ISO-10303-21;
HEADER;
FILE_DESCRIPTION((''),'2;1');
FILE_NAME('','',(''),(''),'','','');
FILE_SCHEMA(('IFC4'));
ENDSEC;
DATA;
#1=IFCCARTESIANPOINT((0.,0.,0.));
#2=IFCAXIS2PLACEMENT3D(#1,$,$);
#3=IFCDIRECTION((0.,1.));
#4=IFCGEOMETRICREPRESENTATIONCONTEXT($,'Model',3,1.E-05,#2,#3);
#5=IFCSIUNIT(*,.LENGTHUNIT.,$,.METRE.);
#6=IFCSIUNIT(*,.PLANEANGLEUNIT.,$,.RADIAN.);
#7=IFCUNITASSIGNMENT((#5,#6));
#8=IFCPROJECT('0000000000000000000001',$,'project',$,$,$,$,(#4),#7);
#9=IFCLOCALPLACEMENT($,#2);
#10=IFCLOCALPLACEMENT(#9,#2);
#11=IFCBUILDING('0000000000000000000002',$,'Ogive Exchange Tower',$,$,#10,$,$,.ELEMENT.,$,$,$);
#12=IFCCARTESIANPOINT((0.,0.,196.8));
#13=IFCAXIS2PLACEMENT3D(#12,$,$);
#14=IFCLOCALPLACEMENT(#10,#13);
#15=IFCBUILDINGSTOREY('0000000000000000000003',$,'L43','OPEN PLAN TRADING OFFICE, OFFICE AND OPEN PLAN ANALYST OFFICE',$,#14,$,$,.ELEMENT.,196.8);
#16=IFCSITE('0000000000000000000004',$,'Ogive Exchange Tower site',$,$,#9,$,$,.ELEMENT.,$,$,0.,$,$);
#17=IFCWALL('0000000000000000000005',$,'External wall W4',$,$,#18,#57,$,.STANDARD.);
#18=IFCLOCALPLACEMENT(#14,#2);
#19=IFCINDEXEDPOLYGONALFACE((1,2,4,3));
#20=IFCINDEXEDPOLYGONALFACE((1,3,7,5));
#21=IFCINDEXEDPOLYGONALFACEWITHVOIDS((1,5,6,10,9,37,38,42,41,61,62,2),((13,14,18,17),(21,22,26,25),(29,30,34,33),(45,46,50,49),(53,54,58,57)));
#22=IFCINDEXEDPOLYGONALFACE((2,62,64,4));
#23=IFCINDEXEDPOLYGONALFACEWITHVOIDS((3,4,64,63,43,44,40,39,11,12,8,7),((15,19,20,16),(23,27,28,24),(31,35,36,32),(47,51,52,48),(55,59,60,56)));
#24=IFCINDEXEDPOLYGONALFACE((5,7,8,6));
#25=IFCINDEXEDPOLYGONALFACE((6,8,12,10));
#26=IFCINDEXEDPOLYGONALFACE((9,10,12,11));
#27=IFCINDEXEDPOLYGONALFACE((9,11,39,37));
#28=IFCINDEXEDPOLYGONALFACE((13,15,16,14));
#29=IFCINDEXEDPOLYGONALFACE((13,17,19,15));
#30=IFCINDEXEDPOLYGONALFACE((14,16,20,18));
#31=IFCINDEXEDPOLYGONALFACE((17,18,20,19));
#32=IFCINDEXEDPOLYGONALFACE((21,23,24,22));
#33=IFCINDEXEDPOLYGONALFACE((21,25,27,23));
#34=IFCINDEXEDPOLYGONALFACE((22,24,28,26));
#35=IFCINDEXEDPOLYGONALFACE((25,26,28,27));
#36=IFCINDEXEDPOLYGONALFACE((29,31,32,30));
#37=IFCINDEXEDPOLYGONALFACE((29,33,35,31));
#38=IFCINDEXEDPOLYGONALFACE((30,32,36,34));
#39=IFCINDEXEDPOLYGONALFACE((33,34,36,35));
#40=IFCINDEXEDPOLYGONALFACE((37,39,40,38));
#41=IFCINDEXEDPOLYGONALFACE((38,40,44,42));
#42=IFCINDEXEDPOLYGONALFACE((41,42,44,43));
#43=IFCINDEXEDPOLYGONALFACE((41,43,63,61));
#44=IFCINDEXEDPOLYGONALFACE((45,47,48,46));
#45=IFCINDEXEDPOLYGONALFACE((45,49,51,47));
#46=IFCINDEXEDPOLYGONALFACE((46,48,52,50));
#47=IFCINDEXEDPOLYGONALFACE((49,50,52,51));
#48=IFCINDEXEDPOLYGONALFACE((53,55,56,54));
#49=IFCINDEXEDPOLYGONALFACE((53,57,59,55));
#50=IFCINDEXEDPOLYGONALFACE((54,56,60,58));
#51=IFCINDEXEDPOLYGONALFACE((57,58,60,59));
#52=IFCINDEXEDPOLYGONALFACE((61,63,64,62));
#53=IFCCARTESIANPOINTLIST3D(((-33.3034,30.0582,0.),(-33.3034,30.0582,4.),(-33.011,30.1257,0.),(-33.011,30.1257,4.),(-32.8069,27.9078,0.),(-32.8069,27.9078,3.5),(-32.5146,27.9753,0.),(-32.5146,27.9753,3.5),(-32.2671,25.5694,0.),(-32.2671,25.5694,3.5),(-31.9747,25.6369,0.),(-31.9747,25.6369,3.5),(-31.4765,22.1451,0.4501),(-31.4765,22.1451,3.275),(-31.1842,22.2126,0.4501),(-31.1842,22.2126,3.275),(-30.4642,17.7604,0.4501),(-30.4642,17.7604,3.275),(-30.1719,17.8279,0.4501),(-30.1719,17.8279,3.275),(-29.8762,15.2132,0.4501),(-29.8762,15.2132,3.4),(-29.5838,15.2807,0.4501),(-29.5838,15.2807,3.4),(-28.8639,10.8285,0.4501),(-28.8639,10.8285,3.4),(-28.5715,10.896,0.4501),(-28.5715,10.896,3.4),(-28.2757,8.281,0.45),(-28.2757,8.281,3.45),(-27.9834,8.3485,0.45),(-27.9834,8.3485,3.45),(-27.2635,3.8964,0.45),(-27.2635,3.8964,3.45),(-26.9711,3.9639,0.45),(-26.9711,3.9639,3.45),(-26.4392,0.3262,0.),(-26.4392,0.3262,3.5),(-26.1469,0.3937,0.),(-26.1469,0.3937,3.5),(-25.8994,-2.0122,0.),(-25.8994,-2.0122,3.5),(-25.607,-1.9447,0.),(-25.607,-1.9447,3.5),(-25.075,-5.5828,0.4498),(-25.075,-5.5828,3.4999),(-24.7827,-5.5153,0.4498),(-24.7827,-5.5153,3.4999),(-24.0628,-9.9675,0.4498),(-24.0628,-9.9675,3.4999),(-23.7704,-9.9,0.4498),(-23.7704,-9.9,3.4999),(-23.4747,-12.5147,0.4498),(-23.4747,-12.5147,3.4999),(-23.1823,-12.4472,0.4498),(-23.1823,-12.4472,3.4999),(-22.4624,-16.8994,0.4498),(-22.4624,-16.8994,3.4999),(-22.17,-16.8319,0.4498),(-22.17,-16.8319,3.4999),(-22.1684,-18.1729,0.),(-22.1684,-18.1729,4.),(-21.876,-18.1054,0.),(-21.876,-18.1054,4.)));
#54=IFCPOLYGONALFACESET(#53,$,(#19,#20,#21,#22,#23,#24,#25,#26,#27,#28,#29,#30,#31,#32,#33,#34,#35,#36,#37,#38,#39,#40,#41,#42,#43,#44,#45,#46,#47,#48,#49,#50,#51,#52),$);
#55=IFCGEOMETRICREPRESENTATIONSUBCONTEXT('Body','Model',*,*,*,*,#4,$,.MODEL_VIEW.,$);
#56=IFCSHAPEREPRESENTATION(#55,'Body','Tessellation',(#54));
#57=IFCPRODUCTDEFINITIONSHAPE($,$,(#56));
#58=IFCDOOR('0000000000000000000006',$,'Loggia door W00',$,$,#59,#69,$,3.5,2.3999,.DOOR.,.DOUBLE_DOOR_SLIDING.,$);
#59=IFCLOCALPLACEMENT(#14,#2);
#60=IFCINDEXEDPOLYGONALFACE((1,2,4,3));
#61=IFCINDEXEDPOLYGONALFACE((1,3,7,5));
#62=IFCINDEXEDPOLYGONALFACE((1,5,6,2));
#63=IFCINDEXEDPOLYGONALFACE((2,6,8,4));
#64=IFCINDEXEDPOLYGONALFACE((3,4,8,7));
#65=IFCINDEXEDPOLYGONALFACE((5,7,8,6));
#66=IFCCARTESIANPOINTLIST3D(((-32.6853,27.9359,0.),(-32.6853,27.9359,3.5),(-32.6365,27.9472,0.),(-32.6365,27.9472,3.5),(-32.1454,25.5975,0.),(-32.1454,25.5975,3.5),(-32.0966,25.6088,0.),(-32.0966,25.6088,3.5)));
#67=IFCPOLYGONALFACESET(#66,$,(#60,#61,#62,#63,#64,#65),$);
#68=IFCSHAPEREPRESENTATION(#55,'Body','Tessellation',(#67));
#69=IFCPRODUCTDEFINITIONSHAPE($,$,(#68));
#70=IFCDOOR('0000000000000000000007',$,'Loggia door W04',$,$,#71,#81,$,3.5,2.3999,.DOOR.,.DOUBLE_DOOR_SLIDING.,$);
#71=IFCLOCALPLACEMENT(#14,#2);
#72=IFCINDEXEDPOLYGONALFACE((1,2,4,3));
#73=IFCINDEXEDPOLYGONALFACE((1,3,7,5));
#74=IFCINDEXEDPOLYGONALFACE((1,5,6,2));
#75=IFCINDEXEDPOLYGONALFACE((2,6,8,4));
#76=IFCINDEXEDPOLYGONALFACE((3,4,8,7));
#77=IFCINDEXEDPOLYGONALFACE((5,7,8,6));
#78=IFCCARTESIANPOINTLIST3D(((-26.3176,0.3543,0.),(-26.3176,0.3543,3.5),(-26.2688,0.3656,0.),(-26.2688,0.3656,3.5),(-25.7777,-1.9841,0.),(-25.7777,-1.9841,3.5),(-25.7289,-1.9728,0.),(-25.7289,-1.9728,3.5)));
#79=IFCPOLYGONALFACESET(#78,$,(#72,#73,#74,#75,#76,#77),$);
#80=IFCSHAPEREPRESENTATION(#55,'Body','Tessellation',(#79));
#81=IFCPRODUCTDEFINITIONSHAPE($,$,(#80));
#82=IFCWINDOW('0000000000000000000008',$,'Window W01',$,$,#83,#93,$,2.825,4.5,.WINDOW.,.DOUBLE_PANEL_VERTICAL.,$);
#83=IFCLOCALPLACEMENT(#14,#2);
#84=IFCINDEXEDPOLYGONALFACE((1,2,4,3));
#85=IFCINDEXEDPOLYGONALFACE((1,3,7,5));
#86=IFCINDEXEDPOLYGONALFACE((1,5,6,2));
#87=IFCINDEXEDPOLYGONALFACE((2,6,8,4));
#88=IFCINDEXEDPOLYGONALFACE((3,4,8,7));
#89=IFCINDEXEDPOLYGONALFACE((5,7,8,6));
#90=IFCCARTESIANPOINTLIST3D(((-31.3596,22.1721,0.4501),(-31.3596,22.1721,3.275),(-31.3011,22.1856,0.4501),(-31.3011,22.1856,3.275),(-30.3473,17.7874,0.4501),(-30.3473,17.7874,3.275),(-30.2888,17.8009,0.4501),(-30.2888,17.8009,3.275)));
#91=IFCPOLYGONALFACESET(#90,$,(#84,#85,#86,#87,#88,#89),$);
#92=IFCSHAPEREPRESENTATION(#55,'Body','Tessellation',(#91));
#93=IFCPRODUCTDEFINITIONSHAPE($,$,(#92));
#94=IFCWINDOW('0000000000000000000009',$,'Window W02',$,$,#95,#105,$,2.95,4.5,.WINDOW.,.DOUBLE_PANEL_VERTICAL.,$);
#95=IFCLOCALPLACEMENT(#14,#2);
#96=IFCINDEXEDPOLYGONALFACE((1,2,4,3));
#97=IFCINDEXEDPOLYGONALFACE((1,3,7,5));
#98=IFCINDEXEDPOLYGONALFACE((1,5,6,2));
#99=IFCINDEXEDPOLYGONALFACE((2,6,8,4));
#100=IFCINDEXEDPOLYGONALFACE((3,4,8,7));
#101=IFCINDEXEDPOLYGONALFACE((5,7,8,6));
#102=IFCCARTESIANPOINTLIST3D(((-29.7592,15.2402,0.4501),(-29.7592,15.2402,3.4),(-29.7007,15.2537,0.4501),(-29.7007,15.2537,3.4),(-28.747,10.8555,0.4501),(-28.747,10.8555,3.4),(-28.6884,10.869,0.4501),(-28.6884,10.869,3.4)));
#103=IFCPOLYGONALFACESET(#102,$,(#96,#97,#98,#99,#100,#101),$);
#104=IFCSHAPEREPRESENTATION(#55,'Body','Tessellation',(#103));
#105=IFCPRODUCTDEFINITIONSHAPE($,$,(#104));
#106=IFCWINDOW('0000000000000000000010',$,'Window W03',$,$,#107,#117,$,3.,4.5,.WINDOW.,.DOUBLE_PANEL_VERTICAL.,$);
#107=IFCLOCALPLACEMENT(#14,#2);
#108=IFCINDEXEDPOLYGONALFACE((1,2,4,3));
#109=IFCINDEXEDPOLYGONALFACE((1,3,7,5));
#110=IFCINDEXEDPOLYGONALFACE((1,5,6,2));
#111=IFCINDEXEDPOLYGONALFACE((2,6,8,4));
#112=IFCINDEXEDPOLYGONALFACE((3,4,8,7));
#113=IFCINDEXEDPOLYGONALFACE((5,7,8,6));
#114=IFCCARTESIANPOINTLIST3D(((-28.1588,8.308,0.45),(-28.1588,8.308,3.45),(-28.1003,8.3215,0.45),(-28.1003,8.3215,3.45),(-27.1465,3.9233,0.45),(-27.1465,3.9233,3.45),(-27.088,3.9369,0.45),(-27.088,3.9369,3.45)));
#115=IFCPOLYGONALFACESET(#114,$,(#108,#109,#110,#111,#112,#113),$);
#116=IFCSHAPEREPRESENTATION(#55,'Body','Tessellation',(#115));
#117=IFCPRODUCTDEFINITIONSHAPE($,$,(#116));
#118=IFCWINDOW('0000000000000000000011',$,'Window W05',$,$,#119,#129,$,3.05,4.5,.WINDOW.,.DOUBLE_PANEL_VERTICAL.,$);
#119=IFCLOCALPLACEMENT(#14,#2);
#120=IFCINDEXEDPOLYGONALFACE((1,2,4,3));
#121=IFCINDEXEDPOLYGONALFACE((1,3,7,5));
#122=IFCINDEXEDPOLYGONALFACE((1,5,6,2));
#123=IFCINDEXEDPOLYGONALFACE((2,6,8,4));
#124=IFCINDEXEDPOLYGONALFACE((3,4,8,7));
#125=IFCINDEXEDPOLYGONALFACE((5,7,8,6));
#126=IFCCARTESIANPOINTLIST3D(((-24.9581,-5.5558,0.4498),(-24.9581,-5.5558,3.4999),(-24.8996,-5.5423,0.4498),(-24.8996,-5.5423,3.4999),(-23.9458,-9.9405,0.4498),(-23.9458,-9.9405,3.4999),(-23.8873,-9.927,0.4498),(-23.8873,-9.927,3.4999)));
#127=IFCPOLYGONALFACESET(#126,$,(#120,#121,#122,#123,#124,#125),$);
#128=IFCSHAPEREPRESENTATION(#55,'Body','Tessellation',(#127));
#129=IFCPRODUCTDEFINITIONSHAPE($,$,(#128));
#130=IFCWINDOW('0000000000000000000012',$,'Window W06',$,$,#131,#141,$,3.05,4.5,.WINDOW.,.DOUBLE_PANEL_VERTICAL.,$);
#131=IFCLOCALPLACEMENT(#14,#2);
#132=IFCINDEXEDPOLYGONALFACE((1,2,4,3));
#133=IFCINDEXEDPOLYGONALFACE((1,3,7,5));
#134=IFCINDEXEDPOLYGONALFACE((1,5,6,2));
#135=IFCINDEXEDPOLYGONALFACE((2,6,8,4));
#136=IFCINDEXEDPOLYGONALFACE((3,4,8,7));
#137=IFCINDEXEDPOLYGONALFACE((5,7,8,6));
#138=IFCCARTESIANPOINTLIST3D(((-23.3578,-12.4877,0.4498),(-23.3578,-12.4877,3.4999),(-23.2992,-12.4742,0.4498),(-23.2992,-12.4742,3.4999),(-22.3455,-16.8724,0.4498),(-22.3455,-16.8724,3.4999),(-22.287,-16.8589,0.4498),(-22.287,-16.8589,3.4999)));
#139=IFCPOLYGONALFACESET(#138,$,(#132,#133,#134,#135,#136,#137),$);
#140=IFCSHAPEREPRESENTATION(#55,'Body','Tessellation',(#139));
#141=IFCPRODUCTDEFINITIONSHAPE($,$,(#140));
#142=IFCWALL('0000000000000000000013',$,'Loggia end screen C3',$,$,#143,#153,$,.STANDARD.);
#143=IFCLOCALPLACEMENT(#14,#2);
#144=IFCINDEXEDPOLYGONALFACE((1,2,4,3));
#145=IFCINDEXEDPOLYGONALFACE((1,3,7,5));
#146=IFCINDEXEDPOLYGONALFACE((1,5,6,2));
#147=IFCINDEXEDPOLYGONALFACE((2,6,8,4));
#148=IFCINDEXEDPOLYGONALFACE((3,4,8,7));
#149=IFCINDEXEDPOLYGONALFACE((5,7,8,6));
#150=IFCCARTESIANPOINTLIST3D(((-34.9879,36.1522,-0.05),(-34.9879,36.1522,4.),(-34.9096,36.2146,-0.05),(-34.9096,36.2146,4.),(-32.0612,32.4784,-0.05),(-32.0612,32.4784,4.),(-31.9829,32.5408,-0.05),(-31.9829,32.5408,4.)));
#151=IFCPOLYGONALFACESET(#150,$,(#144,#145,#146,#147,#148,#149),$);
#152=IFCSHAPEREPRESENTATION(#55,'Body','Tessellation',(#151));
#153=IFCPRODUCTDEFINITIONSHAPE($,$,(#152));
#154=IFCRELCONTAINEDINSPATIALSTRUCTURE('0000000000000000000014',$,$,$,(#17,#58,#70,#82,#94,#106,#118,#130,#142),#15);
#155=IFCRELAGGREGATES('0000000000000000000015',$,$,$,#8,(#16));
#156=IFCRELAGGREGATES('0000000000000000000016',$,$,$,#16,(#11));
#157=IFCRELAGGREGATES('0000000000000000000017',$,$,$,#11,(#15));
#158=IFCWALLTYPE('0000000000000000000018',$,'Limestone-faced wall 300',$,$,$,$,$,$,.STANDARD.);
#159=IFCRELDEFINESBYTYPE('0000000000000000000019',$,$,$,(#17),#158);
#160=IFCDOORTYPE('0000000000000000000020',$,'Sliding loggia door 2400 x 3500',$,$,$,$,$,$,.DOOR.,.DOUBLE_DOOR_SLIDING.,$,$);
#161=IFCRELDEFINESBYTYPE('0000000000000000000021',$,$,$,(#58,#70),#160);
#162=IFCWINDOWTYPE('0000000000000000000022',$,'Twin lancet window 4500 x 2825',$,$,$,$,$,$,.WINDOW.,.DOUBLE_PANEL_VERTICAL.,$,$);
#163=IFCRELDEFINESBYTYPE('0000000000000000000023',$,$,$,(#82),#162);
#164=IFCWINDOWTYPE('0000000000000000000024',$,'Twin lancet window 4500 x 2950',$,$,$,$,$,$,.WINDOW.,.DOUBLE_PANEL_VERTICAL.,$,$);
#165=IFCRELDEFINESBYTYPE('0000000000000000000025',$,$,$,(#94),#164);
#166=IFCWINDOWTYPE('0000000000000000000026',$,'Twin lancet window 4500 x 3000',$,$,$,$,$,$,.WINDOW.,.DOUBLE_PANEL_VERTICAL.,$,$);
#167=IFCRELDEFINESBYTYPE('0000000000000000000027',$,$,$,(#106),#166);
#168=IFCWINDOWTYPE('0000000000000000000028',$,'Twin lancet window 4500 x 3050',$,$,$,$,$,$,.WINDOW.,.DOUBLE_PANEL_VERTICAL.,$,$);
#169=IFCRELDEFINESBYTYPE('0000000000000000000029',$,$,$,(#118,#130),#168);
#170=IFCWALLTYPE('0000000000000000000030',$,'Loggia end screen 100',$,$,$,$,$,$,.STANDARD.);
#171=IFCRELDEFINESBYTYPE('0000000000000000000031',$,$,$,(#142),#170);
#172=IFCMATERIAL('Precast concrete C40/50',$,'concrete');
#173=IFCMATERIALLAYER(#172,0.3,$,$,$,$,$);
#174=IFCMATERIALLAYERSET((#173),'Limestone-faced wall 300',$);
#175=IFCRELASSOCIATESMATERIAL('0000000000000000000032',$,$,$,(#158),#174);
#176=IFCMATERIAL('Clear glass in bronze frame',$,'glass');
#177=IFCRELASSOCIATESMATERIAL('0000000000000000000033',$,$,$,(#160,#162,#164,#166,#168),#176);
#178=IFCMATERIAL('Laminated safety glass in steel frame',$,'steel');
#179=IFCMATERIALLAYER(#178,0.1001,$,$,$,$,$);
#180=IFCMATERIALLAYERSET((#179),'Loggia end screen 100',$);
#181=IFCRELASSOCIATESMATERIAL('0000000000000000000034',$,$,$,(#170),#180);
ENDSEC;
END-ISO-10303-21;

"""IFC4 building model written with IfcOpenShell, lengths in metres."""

from ifc_helpers import new_model, si_unit, direction, frame, frame_2d, origin, place, context, subcontext, project, spatial, rectangle, extrude, material, layer, layer_set, type_object, element, fill, save


model = new_model("IFC4")

# Units and contexts
model_context = context("Model", 3, precision=1e-05, world=origin(), true_north=direction((0.0, 1.0)))
body_context = subcontext(model_context, "Body", "Model", "MODEL_VIEW")
ifc_project = project(units=[si_unit("LENGTHUNIT", "METRE"), si_unit("PLANEANGLEUNIT", "RADIAN")], contexts=[model_context])

# Site, building, storey
site_placement = place(None, origin())
site = spatial("IfcSite", under=ifc_project, at=site_placement, Name="Ogive Exchange Tower site", CompositionType="ELEMENT", RefElevation=0.0)
building_placement = place(site_placement, origin())
building = spatial("IfcBuilding", under=site, at=building_placement, Name="Ogive Exchange Tower", CompositionType="ELEMENT")
storey_placement = place(building_placement, frame((0.0, 0.0, 196.8)))
storey = spatial("IfcBuildingStorey", under=building, at=storey_placement, Name="L43", Description="OPEN PLAN TRADING OFFICE, OFFICE AND OPEN PLAN ANALYST OFFICE", CompositionType="ELEMENT", Elevation=196.8)

# Wall, openings, doors, windows
ifc_material_1 = material(Name="Precast concrete C40/50", Category="concrete")
ifc_layer_1 = layer(ifc_material_1, 0.3)
ifc_layer_set_1 = layer_set([ifc_layer_1], Name="Limestone-faced wall 300")
wall_type_1 = type_object("IfcWallType", Name="Limestone-faced wall 300", PredefinedType="STANDARD", material=ifc_layer_set_1)
wall_1_placement = place(storey_placement, frame((-33.1572, 30.092, 0.0), z_axis=(0.0, 0.0, 1.0), x_axis=(0.22495, -0.97437, 0.0)))
wall_1 = element("IfcWall", 1, at=wall_1_placement, inside=storey, type_object=wall_type_1, Name="External wall W4", PredefinedType="STANDARD", context=body_context, shape_type="SweptSolid", body=[
    extrude(rectangle(XDim=49.4998, YDim=0.3, at=frame_2d((24.75, 0.0))), origin(), (0.0, 0.0, 1.0), 4.0),
])
opening_1_placement = place(wall_1_placement, frame((2.207, 0.0, 0.0)))
opening_1 = element("IfcOpeningElement", 2, at=opening_1_placement, cuts=wall_1, PredefinedType="OPENING", context=body_context, shape_type="SweptSolid", body=[
    extrude(rectangle(XDim=2.3999, YDim=3.5, at=frame_2d((1.2, 1.75))), frame((0.0, 0.1599, 0.0), z_axis=(0.0, -1.0, 0.0), x_axis=(1.0, 0.0, 0.0)), (0.0, 0.0, 1.0), 0.3201),
])
opening_2_placement = place(wall_1_placement, frame((8.1213, 0.0, 0.45)))
opening_2 = element("IfcOpeningElement", 3, at=opening_2_placement, cuts=wall_1, PredefinedType="OPENING", context=body_context, shape_type="SweptSolid", body=[
    extrude(rectangle(XDim=4.5, YDim=2.825, at=frame_2d((2.25, 1.4126))), frame((0.0, 0.1599, 0.0), z_axis=(0.0, -1.0, 0.0), x_axis=(1.0, 0.0, 0.0)), (0.0, 0.0, 1.0), 0.3201),
])
opening_3_placement = place(wall_1_placement, frame((15.2356, 0.0, 0.45)))
opening_3 = element("IfcOpeningElement", 4, at=opening_3_placement, cuts=wall_1, PredefinedType="OPENING", context=body_context, shape_type="SweptSolid", body=[
    extrude(rectangle(XDim=4.5, YDim=2.95, at=frame_2d((2.25, 1.4751))), frame((0.0, 0.1599, 0.0), z_axis=(0.0, -1.0, 0.0), x_axis=(1.0, 0.0, 0.0)), (0.0, 0.0, 1.0), 0.3201),
])
opening_4_placement = place(wall_1_placement, frame((22.3501, 0.0, 0.45)))
opening_4 = element("IfcOpeningElement", 5, at=opening_4_placement, cuts=wall_1, PredefinedType="OPENING", context=body_context, shape_type="SweptSolid", body=[
    extrude(rectangle(XDim=4.5, YDim=3.0, at=frame_2d((2.25, 1.5))), frame((0.0, 0.1599, 0.0), z_axis=(0.0, -1.0, 0.0), x_axis=(1.0, 0.0, 0.0)), (0.0, 0.0, 1.0), 0.3201),
])
opening_5_placement = place(wall_1_placement, frame((30.5142, 0.0, 0.0)))
opening_5 = element("IfcOpeningElement", 6, at=opening_5_placement, cuts=wall_1, PredefinedType="OPENING", context=body_context, shape_type="SweptSolid", body=[
    extrude(rectangle(XDim=2.3999, YDim=3.5, at=frame_2d((1.2, 1.75))), frame((0.0, 0.1599, 0.0), z_axis=(0.0, -1.0, 0.0), x_axis=(1.0, 0.0, 0.0)), (0.0, 0.0, 1.0), 0.3201),
])
opening_6_placement = place(wall_1_placement, frame((36.5786, 0.0, 0.45)))
opening_6 = element("IfcOpeningElement", 7, at=opening_6_placement, cuts=wall_1, PredefinedType="OPENING", context=body_context, shape_type="SweptSolid", body=[
    extrude(rectangle(XDim=4.5, YDim=3.05, at=frame_2d((2.25, 1.5249))), frame((0.0, 0.1599, 0.0), z_axis=(0.0, -1.0, 0.0), x_axis=(1.0, 0.0, 0.0)), (0.0, 0.0, 1.0), 0.3201),
])
opening_7_placement = place(wall_1_placement, frame((43.6929, 0.0, 0.45)))
opening_7 = element("IfcOpeningElement", 8, at=opening_7_placement, cuts=wall_1, PredefinedType="OPENING", context=body_context, shape_type="SweptSolid", body=[
    extrude(rectangle(XDim=4.5, YDim=3.05, at=frame_2d((2.25, 1.5249))), frame((0.0, 0.1599, 0.0), z_axis=(0.0, -1.0, 0.0), x_axis=(1.0, 0.0, 0.0)), (0.0, 0.0, 1.0), 0.3201),
])
ifc_material_2 = material(Name="Clear glass in bronze frame", Category="glass")
door_type = type_object("IfcDoorType", Name="Sliding loggia door 2400 x 3500", OperationType="DOUBLE_DOOR_SLIDING", PredefinedType="DOOR", material=ifc_material_2)
door_1_placement = place(opening_1_placement, origin())
door_1 = element("IfcDoor", 9, at=door_1_placement, inside=storey, type_object=door_type, Name="Loggia door W00", OperationType="DOUBLE_DOOR_SLIDING", OverallHeight=3.5, OverallWidth=2.3999, PredefinedType="DOOR", context=body_context, shape_type="SweptSolid", body=[
    extrude(rectangle(XDim=2.3999, YDim=3.5, at=frame_2d((1.2, 1.75))), frame((0.0, 0.0249, 0.0), z_axis=(0.0, -1.0, 0.0), x_axis=(1.0, 0.0, 0.0)), (0.0, 0.0, 1.0), 0.05),
])
fill(opening_1, door_1)
door_2_placement = place(opening_5_placement, origin())
door_2 = element("IfcDoor", 10, at=door_2_placement, inside=storey, type_object=door_type, Name="Loggia door W04", OperationType="DOUBLE_DOOR_SLIDING", OverallHeight=3.5, OverallWidth=2.3999, PredefinedType="DOOR", context=body_context, shape_type="SweptSolid", body=[
    extrude(rectangle(XDim=2.3999, YDim=3.5, at=frame_2d((1.2, 1.75))), frame((0.0, 0.0249, 0.0), z_axis=(0.0, -1.0, 0.0), x_axis=(1.0, 0.0, 0.0)), (0.0, 0.0, 1.0), 0.05),
])
fill(opening_5, door_2)
window_type_1 = type_object("IfcWindowType", Name="Twin lancet window 4500 x 2825", PartitioningType="DOUBLE_PANEL_VERTICAL", PredefinedType="WINDOW", material=ifc_material_2)
window_1_placement = place(opening_2_placement, origin())
window_1 = element("IfcWindow", 11, at=window_1_placement, inside=storey, type_object=window_type_1, Name="Window W01", OverallHeight=2.825, OverallWidth=4.5, PartitioningType="DOUBLE_PANEL_VERTICAL", PredefinedType="WINDOW", context=body_context, shape_type="SweptSolid", body=[
    extrude(rectangle(XDim=4.5, YDim=2.825, at=frame_2d((2.25, 1.4126))), frame((0.0, 0.03, 0.0), z_axis=(0.0, -1.0, 0.0), x_axis=(1.0, 0.0, 0.0)), (0.0, 0.0, 1.0), 0.0601),
])
fill(opening_2, window_1)
window_type_2 = type_object("IfcWindowType", Name="Twin lancet window 4500 x 2950", PartitioningType="DOUBLE_PANEL_VERTICAL", PredefinedType="WINDOW", material=ifc_material_2)
window_2_placement = place(opening_3_placement, origin())
window_2 = element("IfcWindow", 12, at=window_2_placement, inside=storey, type_object=window_type_2, Name="Window W02", OverallHeight=2.95, OverallWidth=4.5, PartitioningType="DOUBLE_PANEL_VERTICAL", PredefinedType="WINDOW", context=body_context, shape_type="SweptSolid", body=[
    extrude(rectangle(XDim=4.5, YDim=2.95, at=frame_2d((2.25, 1.4751))), frame((0.0, 0.03, 0.0), z_axis=(0.0, -1.0, 0.0), x_axis=(1.0, 0.0, 0.0)), (0.0, 0.0, 1.0), 0.0601),
])
fill(opening_3, window_2)
window_type_3 = type_object("IfcWindowType", Name="Twin lancet window 4500 x 3000", PartitioningType="DOUBLE_PANEL_VERTICAL", PredefinedType="WINDOW", material=ifc_material_2)
window_3_placement = place(opening_4_placement, origin())
window_3 = element("IfcWindow", 13, at=window_3_placement, inside=storey, type_object=window_type_3, Name="Window W03", OverallHeight=3.0, OverallWidth=4.5, PartitioningType="DOUBLE_PANEL_VERTICAL", PredefinedType="WINDOW", context=body_context, shape_type="SweptSolid", body=[
    extrude(rectangle(XDim=4.5, YDim=3.0, at=frame_2d((2.25, 1.5))), frame((0.0, 0.03, 0.0), z_axis=(0.0, -1.0, 0.0), x_axis=(1.0, 0.0, 0.0)), (0.0, 0.0, 1.0), 0.0601),
])
fill(opening_4, window_3)
window_type_4 = type_object("IfcWindowType", Name="Twin lancet window 4500 x 3050", PartitioningType="DOUBLE_PANEL_VERTICAL", PredefinedType="WINDOW", material=ifc_material_2)
window_4_placement = place(opening_6_placement, origin())
window_4 = element("IfcWindow", 14, at=window_4_placement, inside=storey, type_object=window_type_4, Name="Window W05", OverallHeight=3.05, OverallWidth=4.5, PartitioningType="DOUBLE_PANEL_VERTICAL", PredefinedType="WINDOW", context=body_context, shape_type="SweptSolid", body=[
    extrude(rectangle(XDim=4.5, YDim=3.05, at=frame_2d((2.25, 1.5249))), frame((0.0, 0.03, 0.0), z_axis=(0.0, -1.0, 0.0), x_axis=(1.0, 0.0, 0.0)), (0.0, 0.0, 1.0), 0.0601),
])
fill(opening_6, window_4)
window_5_placement = place(opening_7_placement, origin())
window_5 = element("IfcWindow", 15, at=window_5_placement, inside=storey, type_object=window_type_4, Name="Window W06", OverallHeight=3.05, OverallWidth=4.5, PartitioningType="DOUBLE_PANEL_VERTICAL", PredefinedType="WINDOW", context=body_context, shape_type="SweptSolid", body=[
    extrude(rectangle(XDim=4.5, YDim=3.05, at=frame_2d((2.25, 1.5249))), frame((0.0, 0.03, 0.0), z_axis=(0.0, -1.0, 0.0), x_axis=(1.0, 0.0, 0.0)), (0.0, 0.0, 1.0), 0.0601),
])
fill(opening_7, window_5)

# Wall
ifc_material_3 = material(Name="Laminated safety glass in steel frame", Category="steel")
ifc_layer_2 = layer(ifc_material_3, 0.1001)
ifc_layer_set_2 = layer_set([ifc_layer_2], Name="Loggia end screen 100")
wall_type_2 = type_object("IfcWallType", Name="Loggia end screen 100", PredefinedType="STANDARD", material=ifc_layer_set_2)
wall_2_placement = place(storey_placement, frame((-32.022, 32.5095, -0.05), z_axis=(0.0, 0.0, 1.0), x_axis=(-0.623096, 0.782145, 0.0)))
element("IfcWall", 16, at=wall_2_placement, inside=storey, type_object=wall_type_2, Name="Loggia end screen C3", PredefinedType="STANDARD", context=body_context, shape_type="SweptSolid", body=[
    extrude(rectangle(XDim=4.697, YDim=0.1001, at=frame_2d((2.3486, 0.0))), origin(), (0.0, 0.0, 1.0), 4.05),
])

save(model, "model.ifc")
